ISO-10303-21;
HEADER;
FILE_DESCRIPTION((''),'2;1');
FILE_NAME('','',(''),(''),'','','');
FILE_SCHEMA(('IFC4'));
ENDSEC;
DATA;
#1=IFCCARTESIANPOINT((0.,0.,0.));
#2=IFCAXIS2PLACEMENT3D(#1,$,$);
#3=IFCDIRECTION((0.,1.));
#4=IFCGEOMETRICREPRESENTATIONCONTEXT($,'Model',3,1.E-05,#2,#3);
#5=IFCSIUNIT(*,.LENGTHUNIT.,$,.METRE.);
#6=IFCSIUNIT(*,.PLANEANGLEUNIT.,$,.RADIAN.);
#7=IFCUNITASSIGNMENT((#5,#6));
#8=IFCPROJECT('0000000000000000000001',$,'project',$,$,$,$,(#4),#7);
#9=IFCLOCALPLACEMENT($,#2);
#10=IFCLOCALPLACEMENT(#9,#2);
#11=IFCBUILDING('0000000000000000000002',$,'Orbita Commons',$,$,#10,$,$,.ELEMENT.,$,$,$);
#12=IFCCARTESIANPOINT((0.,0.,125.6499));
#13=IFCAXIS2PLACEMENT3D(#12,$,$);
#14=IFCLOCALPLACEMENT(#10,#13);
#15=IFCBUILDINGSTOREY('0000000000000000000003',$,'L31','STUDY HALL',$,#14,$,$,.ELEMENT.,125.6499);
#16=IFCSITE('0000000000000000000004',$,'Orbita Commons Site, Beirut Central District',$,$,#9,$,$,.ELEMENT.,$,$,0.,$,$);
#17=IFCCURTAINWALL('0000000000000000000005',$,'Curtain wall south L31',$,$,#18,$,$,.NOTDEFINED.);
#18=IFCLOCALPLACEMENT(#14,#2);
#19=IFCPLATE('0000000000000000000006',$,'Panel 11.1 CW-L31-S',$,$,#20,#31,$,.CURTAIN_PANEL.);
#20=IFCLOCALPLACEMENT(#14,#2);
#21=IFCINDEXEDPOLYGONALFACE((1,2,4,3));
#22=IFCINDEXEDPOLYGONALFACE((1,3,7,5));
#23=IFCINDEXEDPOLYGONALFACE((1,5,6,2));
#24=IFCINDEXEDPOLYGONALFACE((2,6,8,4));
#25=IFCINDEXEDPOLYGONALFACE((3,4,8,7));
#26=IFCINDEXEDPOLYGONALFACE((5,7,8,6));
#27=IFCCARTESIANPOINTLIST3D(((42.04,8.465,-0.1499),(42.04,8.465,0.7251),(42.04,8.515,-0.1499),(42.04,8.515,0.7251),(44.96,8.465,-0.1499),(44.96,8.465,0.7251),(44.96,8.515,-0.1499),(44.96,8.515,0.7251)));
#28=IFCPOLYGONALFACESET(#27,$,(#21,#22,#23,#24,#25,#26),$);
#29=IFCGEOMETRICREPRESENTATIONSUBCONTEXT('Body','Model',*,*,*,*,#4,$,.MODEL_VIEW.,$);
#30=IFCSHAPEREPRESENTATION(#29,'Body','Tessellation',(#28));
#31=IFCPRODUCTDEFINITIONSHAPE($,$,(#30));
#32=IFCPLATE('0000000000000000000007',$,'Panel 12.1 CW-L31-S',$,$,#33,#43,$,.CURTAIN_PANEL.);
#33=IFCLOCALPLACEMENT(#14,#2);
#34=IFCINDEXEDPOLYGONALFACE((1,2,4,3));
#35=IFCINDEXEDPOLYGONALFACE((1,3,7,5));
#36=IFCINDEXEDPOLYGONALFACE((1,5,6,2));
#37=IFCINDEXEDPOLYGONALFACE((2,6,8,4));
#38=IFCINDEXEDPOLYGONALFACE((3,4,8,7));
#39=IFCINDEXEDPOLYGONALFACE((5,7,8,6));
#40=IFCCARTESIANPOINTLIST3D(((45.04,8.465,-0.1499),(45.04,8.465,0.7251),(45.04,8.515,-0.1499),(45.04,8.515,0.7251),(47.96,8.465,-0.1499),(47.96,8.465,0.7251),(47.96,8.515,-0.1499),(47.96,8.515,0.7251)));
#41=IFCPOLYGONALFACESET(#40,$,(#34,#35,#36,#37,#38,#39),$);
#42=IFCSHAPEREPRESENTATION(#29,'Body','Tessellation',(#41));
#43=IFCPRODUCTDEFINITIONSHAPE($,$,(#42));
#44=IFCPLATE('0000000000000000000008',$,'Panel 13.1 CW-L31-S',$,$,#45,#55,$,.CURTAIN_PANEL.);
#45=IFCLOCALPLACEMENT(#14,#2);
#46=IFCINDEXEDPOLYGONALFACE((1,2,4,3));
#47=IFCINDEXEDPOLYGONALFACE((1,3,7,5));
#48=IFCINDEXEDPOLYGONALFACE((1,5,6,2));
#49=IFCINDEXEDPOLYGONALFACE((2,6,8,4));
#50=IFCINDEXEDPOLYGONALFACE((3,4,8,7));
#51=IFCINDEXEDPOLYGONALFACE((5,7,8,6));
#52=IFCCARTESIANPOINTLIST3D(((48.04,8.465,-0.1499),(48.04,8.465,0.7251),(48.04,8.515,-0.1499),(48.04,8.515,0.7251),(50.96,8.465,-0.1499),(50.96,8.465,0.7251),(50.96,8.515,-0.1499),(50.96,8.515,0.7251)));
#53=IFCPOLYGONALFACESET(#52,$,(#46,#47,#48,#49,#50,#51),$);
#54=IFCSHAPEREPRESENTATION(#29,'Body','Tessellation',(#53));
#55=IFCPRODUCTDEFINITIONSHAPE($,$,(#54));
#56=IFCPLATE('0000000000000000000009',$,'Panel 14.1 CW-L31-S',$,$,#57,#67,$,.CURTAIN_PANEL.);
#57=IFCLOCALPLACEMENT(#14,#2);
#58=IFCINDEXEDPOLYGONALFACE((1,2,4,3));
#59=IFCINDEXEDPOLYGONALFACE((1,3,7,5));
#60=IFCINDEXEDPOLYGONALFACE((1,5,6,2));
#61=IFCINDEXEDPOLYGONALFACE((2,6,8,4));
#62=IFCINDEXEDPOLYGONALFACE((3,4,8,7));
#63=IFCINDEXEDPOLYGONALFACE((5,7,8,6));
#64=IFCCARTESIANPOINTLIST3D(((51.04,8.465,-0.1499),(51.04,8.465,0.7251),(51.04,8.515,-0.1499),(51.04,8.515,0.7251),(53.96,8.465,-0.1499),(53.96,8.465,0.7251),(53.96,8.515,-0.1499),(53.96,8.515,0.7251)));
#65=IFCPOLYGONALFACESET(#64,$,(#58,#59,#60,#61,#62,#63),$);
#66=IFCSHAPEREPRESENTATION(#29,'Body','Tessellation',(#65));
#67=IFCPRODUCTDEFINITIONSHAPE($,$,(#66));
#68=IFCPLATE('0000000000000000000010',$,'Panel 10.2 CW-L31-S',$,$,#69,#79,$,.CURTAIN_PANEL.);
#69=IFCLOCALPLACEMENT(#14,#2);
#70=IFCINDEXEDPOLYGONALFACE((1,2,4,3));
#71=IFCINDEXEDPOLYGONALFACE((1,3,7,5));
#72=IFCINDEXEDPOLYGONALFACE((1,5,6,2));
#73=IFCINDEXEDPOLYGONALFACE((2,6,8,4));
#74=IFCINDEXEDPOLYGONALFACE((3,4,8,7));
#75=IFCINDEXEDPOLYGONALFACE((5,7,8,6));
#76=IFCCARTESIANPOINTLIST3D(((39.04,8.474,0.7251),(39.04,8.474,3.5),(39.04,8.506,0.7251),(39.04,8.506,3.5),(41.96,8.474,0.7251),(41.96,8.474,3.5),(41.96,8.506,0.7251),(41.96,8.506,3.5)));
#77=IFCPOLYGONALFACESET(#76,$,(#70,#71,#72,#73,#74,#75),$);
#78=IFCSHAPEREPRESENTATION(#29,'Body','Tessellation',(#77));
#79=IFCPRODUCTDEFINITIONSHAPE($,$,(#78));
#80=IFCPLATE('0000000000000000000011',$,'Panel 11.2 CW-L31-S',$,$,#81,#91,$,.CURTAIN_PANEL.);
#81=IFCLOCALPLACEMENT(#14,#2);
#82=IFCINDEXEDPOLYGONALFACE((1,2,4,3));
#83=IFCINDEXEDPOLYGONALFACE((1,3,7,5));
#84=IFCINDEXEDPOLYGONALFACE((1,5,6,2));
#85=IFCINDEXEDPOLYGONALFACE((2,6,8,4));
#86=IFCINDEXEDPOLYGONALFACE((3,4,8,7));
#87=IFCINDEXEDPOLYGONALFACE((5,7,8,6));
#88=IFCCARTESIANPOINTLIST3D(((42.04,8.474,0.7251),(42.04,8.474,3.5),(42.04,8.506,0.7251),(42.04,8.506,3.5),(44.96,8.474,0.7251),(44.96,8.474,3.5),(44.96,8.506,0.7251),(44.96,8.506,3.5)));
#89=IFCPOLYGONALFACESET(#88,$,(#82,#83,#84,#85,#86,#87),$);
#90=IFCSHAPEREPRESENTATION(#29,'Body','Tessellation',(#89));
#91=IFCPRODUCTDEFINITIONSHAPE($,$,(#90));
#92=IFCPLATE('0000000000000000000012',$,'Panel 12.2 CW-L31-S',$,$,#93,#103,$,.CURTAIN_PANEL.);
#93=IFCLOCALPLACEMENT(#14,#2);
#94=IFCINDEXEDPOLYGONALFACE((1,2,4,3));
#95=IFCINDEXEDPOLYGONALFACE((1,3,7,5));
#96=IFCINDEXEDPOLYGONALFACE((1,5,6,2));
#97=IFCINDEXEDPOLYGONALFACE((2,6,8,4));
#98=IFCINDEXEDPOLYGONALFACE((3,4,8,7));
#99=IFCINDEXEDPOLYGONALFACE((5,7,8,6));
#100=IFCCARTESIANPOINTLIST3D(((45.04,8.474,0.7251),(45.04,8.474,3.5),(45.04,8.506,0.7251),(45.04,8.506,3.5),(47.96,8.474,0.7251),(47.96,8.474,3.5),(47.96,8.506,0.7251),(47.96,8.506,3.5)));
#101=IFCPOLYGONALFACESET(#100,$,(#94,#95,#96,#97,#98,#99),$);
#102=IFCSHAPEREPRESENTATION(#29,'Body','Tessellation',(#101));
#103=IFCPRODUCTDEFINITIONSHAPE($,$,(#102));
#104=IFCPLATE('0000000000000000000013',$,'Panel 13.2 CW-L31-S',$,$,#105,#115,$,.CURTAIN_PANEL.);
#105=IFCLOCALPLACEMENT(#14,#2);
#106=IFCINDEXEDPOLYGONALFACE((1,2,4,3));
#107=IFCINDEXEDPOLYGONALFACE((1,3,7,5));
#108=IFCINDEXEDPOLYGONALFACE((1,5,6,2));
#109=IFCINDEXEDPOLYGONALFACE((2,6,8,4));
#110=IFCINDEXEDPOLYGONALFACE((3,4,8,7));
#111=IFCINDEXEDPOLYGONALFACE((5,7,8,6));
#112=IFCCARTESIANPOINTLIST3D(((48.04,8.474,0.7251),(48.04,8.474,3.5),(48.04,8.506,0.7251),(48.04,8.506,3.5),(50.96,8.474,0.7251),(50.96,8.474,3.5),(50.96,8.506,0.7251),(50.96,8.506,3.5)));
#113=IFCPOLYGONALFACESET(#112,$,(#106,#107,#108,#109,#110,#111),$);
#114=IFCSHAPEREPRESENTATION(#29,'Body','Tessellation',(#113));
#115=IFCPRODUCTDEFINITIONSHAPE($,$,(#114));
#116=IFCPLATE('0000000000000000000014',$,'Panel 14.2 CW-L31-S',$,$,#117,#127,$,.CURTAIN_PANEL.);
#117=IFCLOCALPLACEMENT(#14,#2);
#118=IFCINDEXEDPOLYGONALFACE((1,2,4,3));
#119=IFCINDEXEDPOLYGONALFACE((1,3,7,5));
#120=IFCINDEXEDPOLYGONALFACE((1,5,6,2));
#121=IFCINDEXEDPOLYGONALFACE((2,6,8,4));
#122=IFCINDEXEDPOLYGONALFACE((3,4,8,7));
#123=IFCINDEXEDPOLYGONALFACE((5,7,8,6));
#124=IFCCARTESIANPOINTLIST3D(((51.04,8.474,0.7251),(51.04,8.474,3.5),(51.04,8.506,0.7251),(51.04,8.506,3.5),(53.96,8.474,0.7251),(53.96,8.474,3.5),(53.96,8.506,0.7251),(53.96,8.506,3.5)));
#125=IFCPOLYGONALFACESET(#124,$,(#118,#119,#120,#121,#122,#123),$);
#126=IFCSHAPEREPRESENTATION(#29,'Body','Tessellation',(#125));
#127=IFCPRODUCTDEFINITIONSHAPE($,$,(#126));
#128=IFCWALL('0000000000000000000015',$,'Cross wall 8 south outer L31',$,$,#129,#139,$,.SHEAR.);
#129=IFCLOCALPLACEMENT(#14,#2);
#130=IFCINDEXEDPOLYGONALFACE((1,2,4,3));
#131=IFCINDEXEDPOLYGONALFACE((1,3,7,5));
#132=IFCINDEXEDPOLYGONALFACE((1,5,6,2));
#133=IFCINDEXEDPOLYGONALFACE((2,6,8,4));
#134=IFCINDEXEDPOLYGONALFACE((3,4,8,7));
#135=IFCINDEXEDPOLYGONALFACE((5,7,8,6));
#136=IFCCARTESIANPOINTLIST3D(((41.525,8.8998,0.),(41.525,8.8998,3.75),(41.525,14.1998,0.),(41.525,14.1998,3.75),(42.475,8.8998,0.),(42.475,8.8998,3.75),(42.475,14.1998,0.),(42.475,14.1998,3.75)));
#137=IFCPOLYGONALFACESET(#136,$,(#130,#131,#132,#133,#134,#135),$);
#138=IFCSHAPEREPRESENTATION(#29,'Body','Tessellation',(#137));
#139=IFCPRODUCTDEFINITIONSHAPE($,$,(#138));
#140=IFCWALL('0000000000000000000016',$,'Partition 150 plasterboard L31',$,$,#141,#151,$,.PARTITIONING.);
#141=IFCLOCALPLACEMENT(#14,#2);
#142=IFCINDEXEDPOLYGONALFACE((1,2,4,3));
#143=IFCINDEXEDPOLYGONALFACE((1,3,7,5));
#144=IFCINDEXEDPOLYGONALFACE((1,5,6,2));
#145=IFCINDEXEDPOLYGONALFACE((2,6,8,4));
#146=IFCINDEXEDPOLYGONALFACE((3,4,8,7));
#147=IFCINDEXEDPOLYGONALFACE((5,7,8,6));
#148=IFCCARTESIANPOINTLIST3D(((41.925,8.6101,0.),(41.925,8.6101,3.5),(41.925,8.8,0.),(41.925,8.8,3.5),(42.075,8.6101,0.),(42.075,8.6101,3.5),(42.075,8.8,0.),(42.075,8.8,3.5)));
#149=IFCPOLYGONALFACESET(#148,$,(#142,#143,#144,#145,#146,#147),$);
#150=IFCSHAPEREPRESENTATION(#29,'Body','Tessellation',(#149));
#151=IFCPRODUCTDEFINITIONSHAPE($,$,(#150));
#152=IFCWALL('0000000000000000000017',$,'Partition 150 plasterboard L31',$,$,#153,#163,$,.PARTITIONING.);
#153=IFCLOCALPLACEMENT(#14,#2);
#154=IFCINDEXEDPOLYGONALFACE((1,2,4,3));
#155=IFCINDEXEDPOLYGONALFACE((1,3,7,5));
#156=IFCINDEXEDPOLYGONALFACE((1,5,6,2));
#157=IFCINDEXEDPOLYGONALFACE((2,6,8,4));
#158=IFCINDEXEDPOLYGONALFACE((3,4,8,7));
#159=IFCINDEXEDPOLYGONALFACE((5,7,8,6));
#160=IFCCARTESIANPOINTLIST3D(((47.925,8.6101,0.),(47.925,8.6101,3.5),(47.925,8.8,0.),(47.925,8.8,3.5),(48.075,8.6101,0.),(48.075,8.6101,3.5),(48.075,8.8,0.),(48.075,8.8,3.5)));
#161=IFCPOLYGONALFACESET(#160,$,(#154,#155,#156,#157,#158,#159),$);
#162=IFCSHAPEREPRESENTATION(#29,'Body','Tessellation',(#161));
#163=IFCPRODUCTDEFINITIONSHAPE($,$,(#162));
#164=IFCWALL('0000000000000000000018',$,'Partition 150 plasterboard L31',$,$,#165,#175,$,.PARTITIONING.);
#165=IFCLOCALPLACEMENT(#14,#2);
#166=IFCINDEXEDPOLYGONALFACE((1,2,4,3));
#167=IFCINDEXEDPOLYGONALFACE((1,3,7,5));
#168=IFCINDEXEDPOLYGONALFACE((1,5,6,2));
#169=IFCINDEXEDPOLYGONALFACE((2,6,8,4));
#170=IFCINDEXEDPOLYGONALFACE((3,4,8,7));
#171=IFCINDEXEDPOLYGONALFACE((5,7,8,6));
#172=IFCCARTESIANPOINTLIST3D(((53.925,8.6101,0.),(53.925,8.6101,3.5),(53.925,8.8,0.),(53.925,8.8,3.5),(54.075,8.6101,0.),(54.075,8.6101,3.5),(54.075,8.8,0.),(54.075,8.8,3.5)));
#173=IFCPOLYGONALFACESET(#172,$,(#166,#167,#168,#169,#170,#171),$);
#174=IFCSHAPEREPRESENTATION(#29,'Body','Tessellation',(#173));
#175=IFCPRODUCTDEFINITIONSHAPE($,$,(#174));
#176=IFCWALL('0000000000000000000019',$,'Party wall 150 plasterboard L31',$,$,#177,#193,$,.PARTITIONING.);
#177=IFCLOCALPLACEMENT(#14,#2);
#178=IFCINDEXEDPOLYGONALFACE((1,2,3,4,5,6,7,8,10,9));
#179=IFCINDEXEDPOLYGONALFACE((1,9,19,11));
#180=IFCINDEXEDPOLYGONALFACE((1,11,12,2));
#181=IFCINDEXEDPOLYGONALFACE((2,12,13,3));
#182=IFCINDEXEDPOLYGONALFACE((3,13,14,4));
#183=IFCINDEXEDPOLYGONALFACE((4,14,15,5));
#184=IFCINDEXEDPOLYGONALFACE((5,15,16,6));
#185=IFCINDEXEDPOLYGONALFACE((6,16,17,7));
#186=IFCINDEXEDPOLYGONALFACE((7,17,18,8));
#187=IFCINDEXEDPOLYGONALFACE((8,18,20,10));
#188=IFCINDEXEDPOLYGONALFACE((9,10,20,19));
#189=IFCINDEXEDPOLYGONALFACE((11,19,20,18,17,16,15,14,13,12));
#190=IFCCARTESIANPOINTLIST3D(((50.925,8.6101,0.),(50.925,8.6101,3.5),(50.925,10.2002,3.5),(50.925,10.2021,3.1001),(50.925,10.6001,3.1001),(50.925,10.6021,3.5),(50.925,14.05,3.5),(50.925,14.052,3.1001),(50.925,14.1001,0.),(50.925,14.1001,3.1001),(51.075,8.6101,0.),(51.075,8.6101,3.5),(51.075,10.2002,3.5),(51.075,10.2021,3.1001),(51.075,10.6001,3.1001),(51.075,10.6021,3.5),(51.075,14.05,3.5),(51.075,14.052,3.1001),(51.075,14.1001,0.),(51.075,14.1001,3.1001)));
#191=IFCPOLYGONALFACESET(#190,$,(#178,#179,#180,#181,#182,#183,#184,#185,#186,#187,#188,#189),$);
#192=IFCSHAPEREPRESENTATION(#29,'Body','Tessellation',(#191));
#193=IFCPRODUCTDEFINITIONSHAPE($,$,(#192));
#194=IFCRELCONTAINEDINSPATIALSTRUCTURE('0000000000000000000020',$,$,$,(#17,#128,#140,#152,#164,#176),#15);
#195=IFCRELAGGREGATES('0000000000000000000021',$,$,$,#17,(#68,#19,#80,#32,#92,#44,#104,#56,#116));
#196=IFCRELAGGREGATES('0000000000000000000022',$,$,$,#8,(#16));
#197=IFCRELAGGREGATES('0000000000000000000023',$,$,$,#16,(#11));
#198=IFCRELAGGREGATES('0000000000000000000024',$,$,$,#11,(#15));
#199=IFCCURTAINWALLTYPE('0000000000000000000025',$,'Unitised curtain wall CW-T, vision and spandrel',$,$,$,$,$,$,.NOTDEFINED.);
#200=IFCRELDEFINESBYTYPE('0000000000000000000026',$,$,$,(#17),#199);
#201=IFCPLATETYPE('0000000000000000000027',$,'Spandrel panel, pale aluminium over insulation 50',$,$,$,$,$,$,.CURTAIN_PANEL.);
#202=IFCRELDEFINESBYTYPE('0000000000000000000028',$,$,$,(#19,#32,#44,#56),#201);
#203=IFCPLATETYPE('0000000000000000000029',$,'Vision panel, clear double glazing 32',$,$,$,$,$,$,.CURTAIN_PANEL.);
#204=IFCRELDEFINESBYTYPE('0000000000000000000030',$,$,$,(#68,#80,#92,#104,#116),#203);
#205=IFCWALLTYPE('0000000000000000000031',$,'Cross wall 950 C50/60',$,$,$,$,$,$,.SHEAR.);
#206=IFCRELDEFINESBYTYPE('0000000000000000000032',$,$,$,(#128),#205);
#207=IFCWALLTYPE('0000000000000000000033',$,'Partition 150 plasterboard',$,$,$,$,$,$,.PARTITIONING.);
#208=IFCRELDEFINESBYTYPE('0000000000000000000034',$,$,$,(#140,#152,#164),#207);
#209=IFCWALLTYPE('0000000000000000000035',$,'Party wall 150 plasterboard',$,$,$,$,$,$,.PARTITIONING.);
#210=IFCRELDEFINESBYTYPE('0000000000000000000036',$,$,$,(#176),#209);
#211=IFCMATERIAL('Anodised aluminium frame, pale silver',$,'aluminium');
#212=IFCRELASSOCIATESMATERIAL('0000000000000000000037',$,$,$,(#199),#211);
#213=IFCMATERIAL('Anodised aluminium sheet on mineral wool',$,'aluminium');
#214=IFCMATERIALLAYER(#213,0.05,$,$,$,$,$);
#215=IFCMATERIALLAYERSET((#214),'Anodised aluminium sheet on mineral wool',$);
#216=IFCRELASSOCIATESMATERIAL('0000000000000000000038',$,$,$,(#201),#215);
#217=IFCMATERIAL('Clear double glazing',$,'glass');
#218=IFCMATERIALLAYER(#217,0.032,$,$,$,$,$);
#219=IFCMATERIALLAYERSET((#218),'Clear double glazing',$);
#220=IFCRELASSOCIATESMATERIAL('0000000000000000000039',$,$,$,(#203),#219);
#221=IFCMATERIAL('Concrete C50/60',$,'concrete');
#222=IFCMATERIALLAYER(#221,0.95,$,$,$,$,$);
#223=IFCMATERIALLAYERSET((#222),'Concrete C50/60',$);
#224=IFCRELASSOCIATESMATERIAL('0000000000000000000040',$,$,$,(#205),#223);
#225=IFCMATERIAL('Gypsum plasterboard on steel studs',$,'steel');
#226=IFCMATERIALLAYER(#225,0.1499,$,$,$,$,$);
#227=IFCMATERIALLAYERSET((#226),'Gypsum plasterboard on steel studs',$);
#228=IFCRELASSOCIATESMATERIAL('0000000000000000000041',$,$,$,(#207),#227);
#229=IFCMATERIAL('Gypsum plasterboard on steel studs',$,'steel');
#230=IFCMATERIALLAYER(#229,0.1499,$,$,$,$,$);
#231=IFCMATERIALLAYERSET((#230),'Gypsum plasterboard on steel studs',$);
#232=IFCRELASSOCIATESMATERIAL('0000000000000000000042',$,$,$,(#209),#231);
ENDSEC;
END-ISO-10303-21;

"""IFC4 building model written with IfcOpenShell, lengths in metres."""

from ifc_helpers import new_model, si_unit, direction, frame, frame_2d, origin, origin_2d, place, context, subcontext, project, spatial, polyline, rectangle, outline, extrude, material, layer, layer_set, type_object, element, aggregate, save


model = new_model("IFC4")

# Units and contexts
model_context = context("Model", 3, precision=1e-05, world=origin(), true_north=direction((0.0, 1.0)))
body_context = subcontext(model_context, "Body", "Model", "MODEL_VIEW")
ifc_project = project(units=[si_unit("LENGTHUNIT", "METRE"), si_unit("PLANEANGLEUNIT", "RADIAN")], contexts=[model_context])

# Site, building, storey
site_placement = place(None, origin())
site = spatial("IfcSite", under=ifc_project, at=site_placement, Name="Orbita Commons Site, Beirut Central District", CompositionType="ELEMENT", RefElevation=0.0)
building_placement = place(site_placement, origin())
building = spatial("IfcBuilding", under=site, at=building_placement, Name="Orbita Commons", CompositionType="ELEMENT")
storey_placement = place(building_placement, frame((0.0, 0.0, 125.6499)))
storey = spatial("IfcBuildingStorey", under=building, at=storey_placement, Name="L31", Description="STUDY HALL", CompositionType="ELEMENT", Elevation=125.6499)

# Curtain wall, plates
ifc_material_1 = material(Name="Anodised aluminium frame, pale silver", Category="aluminium")
curtain_wall_type = type_object("IfcCurtainWallType", Name="Unitised curtain wall CW-T, vision and spandrel", PredefinedType="NOTDEFINED", material=ifc_material_1)
curtain_wall_placement = place(storey_placement, origin())
curtain_wall = element("IfcCurtainWall", 1, at=curtain_wall_placement, inside=storey, type_object=curtain_wall_type, Name="Curtain wall south L31", PredefinedType="NOTDEFINED")
ifc_material_2 = material(Name="Anodised aluminium sheet on mineral wool", Category="aluminium")
ifc_layer_1 = layer(ifc_material_2, 0.05)
ifc_layer_set_1 = layer_set([ifc_layer_1], Name="Anodised aluminium sheet on mineral wool")
plate_type_1 = type_object("IfcPlateType", Name="Spandrel panel, pale aluminium over insulation 50", PredefinedType="CURTAIN_PANEL", material=ifc_layer_set_1)
plate_1_placement = place(storey_placement, frame((43.5, 8.49, -0.1499), z_axis=(0.0, 0.0, 1.0), x_axis=(1.0, 0.0, 0.0)))
plate_1 = element("IfcPlate", 2, at=plate_1_placement, type_object=plate_type_1, Name="Panel 11.1 CW-L31-S", PredefinedType="CURTAIN_PANEL", context=body_context, shape_type="SweptSolid", body=[
    extrude(rectangle(XDim=2.9199, YDim=0.05, at=origin_2d()), origin(), (0.0, 0.0, 1.0), 0.875),
])
plate_2_placement = place(storey_placement, frame((46.5, 8.49, -0.1499), z_axis=(0.0, 0.0, 1.0), x_axis=(1.0, 0.0, 0.0)))
plate_2 = element("IfcPlate", 3, at=plate_2_placement, type_object=plate_type_1, Name="Panel 12.1 CW-L31-S", PredefinedType="CURTAIN_PANEL", context=body_context, shape_type="SweptSolid", body=[
    extrude(rectangle(XDim=2.9199, YDim=0.05, at=origin_2d()), origin(), (0.0, 0.0, 1.0), 0.875),
])
plate_3_placement = place(storey_placement, frame((49.5, 8.49, -0.1499), z_axis=(0.0, 0.0, 1.0), x_axis=(1.0, 0.0, 0.0)))
plate_3 = element("IfcPlate", 4, at=plate_3_placement, type_object=plate_type_1, Name="Panel 13.1 CW-L31-S", PredefinedType="CURTAIN_PANEL", context=body_context, shape_type="SweptSolid", body=[
    extrude(rectangle(XDim=2.9199, YDim=0.05, at=origin_2d()), origin(), (0.0, 0.0, 1.0), 0.875),
])
plate_4_placement = place(storey_placement, frame((52.5, 8.49, -0.1499), z_axis=(0.0, 0.0, 1.0), x_axis=(1.0, 0.0, 0.0)))
plate_4 = element("IfcPlate", 5, at=plate_4_placement, type_object=plate_type_1, Name="Panel 14.1 CW-L31-S", PredefinedType="CURTAIN_PANEL", context=body_context, shape_type="SweptSolid", body=[
    extrude(rectangle(XDim=2.9199, YDim=0.05, at=origin_2d()), origin(), (0.0, 0.0, 1.0), 0.875),
])
ifc_material_3 = material(Name="Clear double glazing", Category="glass")
ifc_layer_2 = layer(ifc_material_3, 0.032)
ifc_layer_set_2 = layer_set([ifc_layer_2], Name="Clear double glazing")
plate_type_2 = type_object("IfcPlateType", Name="Vision panel, clear double glazing 32", PredefinedType="CURTAIN_PANEL", material=ifc_layer_set_2)
plate_5_placement = place(storey_placement, frame((40.5, 8.49, 0.7251), z_axis=(0.0, 0.0, 1.0), x_axis=(1.0, 0.0, 0.0)))
plate_5 = element("IfcPlate", 6, at=plate_5_placement, type_object=plate_type_2, Name="Panel 10.2 CW-L31-S", PredefinedType="CURTAIN_PANEL", context=body_context, shape_type="SweptSolid", body=[
    extrude(rectangle(XDim=2.9199, YDim=0.032, at=origin_2d()), origin(), (0.0, 0.0, 1.0), 2.7749),
])
plate_6_placement = place(storey_placement, frame((43.5, 8.49, 0.7251), z_axis=(0.0, 0.0, 1.0), x_axis=(1.0, 0.0, 0.0)))
plate_6 = element("IfcPlate", 7, at=plate_6_placement, type_object=plate_type_2, Name="Panel 11.2 CW-L31-S", PredefinedType="CURTAIN_PANEL", context=body_context, shape_type="SweptSolid", body=[
    extrude(rectangle(XDim=2.9199, YDim=0.032, at=origin_2d()), origin(), (0.0, 0.0, 1.0), 2.7749),
])
plate_7_placement = place(storey_placement, frame((46.5, 8.49, 0.7251), z_axis=(0.0, 0.0, 1.0), x_axis=(1.0, 0.0, 0.0)))
plate_7 = element("IfcPlate", 8, at=plate_7_placement, type_object=plate_type_2, Name="Panel 12.2 CW-L31-S", PredefinedType="CURTAIN_PANEL", context=body_context, shape_type="SweptSolid", body=[
    extrude(rectangle(XDim=2.9199, YDim=0.032, at=origin_2d()), origin(), (0.0, 0.0, 1.0), 2.7749),
])
plate_8_placement = place(storey_placement, frame((49.5, 8.49, 0.7251), z_axis=(0.0, 0.0, 1.0), x_axis=(1.0, 0.0, 0.0)))
plate_8 = element("IfcPlate", 9, at=plate_8_placement, type_object=plate_type_2, Name="Panel 13.2 CW-L31-S", PredefinedType="CURTAIN_PANEL", context=body_context, shape_type="SweptSolid", body=[
    extrude(rectangle(XDim=2.9199, YDim=0.032, at=origin_2d()), origin(), (0.0, 0.0, 1.0), 2.7749),
])
plate_9_placement = place(storey_placement, frame((52.5, 8.49, 0.7251), z_axis=(0.0, 0.0, 1.0), x_axis=(1.0, 0.0, 0.0)))
plate_9 = element("IfcPlate", 10, at=plate_9_placement, type_object=plate_type_2, Name="Panel 14.2 CW-L31-S", PredefinedType="CURTAIN_PANEL", context=body_context, shape_type="SweptSolid", body=[
    extrude(rectangle(XDim=2.9199, YDim=0.032, at=origin_2d()), origin(), (0.0, 0.0, 1.0), 2.7749),
])
aggregate(curtain_wall, [plate_5, plate_1, plate_6, plate_2, plate_7, plate_3, plate_8, plate_4, plate_9])

# Walls
ifc_material_4 = material(Name="Concrete C50/60", Category="concrete")
ifc_layer_3 = layer(ifc_material_4, 0.95)
ifc_layer_set_3 = layer_set([ifc_layer_3], Name="Concrete C50/60")
wall_type_1 = type_object("IfcWallType", Name="Cross wall 950 C50/60", PredefinedType="SHEAR", material=ifc_layer_set_3)
wall_1_placement = place(storey_placement, frame((42.0, 8.8999, 0.0), z_axis=(0.0, 0.0, 1.0), x_axis=(0.0, 1.0, 0.0)))
element("IfcWall", 11, at=wall_1_placement, inside=storey, type_object=wall_type_1, Name="Cross wall 8 south outer L31", PredefinedType="SHEAR", context=body_context, shape_type="SweptSolid", body=[
    extrude(rectangle(XDim=5.3, YDim=0.95, at=frame_2d((2.6499, 0.0))), origin(), (0.0, 0.0, 1.0), 3.75),
])
ifc_material_5 = material(Name="Gypsum plasterboard on steel studs", Category="steel")
ifc_layer_4 = layer(ifc_material_5, 0.1499)
ifc_layer_set_4 = layer_set([ifc_layer_4], Name="Gypsum plasterboard on steel studs")
wall_type_2 = type_object("IfcWallType", Name="Partition 150 plasterboard", PredefinedType="PARTITIONING", material=ifc_layer_set_4)
for number, where, z_axis, x_axis, name in (
    (12, (42.0, 8.8, 0.0), (0.0, 0.0, 1.0), (0.0, -1.0, 0.0), "Partition 150 plasterboard L31"),
    (13, (48.0, 8.8, 0.0), (0.0, 0.0, 1.0), (0.0, -1.0, 0.0), "Partition 150 plasterboard L31"),
    (14, (54.0, 8.8, 0.0), (0.0, 0.0, 1.0), (0.0, -1.0, 0.0), "Partition 150 plasterboard L31"),
):
    element("IfcWall", number, at=place(storey_placement, frame(where, z_axis=z_axis, x_axis=x_axis)), inside=storey, type_object=wall_type_2, Name=name, PredefinedType="PARTITIONING", context=body_context, shape_type="SweptSolid", body=[
        extrude(rectangle(XDim=0.1899, YDim=0.1499, at=frame_2d((0.095, 0.0))), origin(), (0.0, 0.0, 1.0), 3.5),
    ])
ifc_material_6 = material(Name="Gypsum plasterboard on steel studs", Category="steel")
ifc_layer_5 = layer(ifc_material_6, 0.1499)
ifc_layer_set_5 = layer_set([ifc_layer_5], Name="Gypsum plasterboard on steel studs")
wall_type_3 = type_object("IfcWallType", Name="Party wall 150 plasterboard", PredefinedType="PARTITIONING", material=ifc_layer_set_5)
wall_2_placement = place(storey_placement, frame((51.0, 8.6101, 0.0), z_axis=(0.0, 0.0, 1.0), x_axis=(0.0, 1.0, 0.0)))
element("IfcWall", 15, at=wall_2_placement, inside=storey, type_object=wall_type_3, Name="Party wall 150 plasterboard L31", PredefinedType="PARTITIONING", context=body_context, shape_type="SweptSolid", body=[
    extrude(outline(polyline([(0.0, 0.0), (5.49, 0.0), (5.49, 3.1001), (5.4419, 3.1001), (5.4399, 3.5), (1.9919, 3.5), (1.99, 3.1001), (1.592, 3.1001), (1.5901, 3.5), (0.0, 3.5), (0.0, 0.0)])), frame((0.0, 0.075, 0.0), z_axis=(0.0, -1.0, 0.0), x_axis=(1.0, 0.0, 0.0)), (0.0, 0.0, 1.0), 0.1499),
])

save(model, "model.ifc")
